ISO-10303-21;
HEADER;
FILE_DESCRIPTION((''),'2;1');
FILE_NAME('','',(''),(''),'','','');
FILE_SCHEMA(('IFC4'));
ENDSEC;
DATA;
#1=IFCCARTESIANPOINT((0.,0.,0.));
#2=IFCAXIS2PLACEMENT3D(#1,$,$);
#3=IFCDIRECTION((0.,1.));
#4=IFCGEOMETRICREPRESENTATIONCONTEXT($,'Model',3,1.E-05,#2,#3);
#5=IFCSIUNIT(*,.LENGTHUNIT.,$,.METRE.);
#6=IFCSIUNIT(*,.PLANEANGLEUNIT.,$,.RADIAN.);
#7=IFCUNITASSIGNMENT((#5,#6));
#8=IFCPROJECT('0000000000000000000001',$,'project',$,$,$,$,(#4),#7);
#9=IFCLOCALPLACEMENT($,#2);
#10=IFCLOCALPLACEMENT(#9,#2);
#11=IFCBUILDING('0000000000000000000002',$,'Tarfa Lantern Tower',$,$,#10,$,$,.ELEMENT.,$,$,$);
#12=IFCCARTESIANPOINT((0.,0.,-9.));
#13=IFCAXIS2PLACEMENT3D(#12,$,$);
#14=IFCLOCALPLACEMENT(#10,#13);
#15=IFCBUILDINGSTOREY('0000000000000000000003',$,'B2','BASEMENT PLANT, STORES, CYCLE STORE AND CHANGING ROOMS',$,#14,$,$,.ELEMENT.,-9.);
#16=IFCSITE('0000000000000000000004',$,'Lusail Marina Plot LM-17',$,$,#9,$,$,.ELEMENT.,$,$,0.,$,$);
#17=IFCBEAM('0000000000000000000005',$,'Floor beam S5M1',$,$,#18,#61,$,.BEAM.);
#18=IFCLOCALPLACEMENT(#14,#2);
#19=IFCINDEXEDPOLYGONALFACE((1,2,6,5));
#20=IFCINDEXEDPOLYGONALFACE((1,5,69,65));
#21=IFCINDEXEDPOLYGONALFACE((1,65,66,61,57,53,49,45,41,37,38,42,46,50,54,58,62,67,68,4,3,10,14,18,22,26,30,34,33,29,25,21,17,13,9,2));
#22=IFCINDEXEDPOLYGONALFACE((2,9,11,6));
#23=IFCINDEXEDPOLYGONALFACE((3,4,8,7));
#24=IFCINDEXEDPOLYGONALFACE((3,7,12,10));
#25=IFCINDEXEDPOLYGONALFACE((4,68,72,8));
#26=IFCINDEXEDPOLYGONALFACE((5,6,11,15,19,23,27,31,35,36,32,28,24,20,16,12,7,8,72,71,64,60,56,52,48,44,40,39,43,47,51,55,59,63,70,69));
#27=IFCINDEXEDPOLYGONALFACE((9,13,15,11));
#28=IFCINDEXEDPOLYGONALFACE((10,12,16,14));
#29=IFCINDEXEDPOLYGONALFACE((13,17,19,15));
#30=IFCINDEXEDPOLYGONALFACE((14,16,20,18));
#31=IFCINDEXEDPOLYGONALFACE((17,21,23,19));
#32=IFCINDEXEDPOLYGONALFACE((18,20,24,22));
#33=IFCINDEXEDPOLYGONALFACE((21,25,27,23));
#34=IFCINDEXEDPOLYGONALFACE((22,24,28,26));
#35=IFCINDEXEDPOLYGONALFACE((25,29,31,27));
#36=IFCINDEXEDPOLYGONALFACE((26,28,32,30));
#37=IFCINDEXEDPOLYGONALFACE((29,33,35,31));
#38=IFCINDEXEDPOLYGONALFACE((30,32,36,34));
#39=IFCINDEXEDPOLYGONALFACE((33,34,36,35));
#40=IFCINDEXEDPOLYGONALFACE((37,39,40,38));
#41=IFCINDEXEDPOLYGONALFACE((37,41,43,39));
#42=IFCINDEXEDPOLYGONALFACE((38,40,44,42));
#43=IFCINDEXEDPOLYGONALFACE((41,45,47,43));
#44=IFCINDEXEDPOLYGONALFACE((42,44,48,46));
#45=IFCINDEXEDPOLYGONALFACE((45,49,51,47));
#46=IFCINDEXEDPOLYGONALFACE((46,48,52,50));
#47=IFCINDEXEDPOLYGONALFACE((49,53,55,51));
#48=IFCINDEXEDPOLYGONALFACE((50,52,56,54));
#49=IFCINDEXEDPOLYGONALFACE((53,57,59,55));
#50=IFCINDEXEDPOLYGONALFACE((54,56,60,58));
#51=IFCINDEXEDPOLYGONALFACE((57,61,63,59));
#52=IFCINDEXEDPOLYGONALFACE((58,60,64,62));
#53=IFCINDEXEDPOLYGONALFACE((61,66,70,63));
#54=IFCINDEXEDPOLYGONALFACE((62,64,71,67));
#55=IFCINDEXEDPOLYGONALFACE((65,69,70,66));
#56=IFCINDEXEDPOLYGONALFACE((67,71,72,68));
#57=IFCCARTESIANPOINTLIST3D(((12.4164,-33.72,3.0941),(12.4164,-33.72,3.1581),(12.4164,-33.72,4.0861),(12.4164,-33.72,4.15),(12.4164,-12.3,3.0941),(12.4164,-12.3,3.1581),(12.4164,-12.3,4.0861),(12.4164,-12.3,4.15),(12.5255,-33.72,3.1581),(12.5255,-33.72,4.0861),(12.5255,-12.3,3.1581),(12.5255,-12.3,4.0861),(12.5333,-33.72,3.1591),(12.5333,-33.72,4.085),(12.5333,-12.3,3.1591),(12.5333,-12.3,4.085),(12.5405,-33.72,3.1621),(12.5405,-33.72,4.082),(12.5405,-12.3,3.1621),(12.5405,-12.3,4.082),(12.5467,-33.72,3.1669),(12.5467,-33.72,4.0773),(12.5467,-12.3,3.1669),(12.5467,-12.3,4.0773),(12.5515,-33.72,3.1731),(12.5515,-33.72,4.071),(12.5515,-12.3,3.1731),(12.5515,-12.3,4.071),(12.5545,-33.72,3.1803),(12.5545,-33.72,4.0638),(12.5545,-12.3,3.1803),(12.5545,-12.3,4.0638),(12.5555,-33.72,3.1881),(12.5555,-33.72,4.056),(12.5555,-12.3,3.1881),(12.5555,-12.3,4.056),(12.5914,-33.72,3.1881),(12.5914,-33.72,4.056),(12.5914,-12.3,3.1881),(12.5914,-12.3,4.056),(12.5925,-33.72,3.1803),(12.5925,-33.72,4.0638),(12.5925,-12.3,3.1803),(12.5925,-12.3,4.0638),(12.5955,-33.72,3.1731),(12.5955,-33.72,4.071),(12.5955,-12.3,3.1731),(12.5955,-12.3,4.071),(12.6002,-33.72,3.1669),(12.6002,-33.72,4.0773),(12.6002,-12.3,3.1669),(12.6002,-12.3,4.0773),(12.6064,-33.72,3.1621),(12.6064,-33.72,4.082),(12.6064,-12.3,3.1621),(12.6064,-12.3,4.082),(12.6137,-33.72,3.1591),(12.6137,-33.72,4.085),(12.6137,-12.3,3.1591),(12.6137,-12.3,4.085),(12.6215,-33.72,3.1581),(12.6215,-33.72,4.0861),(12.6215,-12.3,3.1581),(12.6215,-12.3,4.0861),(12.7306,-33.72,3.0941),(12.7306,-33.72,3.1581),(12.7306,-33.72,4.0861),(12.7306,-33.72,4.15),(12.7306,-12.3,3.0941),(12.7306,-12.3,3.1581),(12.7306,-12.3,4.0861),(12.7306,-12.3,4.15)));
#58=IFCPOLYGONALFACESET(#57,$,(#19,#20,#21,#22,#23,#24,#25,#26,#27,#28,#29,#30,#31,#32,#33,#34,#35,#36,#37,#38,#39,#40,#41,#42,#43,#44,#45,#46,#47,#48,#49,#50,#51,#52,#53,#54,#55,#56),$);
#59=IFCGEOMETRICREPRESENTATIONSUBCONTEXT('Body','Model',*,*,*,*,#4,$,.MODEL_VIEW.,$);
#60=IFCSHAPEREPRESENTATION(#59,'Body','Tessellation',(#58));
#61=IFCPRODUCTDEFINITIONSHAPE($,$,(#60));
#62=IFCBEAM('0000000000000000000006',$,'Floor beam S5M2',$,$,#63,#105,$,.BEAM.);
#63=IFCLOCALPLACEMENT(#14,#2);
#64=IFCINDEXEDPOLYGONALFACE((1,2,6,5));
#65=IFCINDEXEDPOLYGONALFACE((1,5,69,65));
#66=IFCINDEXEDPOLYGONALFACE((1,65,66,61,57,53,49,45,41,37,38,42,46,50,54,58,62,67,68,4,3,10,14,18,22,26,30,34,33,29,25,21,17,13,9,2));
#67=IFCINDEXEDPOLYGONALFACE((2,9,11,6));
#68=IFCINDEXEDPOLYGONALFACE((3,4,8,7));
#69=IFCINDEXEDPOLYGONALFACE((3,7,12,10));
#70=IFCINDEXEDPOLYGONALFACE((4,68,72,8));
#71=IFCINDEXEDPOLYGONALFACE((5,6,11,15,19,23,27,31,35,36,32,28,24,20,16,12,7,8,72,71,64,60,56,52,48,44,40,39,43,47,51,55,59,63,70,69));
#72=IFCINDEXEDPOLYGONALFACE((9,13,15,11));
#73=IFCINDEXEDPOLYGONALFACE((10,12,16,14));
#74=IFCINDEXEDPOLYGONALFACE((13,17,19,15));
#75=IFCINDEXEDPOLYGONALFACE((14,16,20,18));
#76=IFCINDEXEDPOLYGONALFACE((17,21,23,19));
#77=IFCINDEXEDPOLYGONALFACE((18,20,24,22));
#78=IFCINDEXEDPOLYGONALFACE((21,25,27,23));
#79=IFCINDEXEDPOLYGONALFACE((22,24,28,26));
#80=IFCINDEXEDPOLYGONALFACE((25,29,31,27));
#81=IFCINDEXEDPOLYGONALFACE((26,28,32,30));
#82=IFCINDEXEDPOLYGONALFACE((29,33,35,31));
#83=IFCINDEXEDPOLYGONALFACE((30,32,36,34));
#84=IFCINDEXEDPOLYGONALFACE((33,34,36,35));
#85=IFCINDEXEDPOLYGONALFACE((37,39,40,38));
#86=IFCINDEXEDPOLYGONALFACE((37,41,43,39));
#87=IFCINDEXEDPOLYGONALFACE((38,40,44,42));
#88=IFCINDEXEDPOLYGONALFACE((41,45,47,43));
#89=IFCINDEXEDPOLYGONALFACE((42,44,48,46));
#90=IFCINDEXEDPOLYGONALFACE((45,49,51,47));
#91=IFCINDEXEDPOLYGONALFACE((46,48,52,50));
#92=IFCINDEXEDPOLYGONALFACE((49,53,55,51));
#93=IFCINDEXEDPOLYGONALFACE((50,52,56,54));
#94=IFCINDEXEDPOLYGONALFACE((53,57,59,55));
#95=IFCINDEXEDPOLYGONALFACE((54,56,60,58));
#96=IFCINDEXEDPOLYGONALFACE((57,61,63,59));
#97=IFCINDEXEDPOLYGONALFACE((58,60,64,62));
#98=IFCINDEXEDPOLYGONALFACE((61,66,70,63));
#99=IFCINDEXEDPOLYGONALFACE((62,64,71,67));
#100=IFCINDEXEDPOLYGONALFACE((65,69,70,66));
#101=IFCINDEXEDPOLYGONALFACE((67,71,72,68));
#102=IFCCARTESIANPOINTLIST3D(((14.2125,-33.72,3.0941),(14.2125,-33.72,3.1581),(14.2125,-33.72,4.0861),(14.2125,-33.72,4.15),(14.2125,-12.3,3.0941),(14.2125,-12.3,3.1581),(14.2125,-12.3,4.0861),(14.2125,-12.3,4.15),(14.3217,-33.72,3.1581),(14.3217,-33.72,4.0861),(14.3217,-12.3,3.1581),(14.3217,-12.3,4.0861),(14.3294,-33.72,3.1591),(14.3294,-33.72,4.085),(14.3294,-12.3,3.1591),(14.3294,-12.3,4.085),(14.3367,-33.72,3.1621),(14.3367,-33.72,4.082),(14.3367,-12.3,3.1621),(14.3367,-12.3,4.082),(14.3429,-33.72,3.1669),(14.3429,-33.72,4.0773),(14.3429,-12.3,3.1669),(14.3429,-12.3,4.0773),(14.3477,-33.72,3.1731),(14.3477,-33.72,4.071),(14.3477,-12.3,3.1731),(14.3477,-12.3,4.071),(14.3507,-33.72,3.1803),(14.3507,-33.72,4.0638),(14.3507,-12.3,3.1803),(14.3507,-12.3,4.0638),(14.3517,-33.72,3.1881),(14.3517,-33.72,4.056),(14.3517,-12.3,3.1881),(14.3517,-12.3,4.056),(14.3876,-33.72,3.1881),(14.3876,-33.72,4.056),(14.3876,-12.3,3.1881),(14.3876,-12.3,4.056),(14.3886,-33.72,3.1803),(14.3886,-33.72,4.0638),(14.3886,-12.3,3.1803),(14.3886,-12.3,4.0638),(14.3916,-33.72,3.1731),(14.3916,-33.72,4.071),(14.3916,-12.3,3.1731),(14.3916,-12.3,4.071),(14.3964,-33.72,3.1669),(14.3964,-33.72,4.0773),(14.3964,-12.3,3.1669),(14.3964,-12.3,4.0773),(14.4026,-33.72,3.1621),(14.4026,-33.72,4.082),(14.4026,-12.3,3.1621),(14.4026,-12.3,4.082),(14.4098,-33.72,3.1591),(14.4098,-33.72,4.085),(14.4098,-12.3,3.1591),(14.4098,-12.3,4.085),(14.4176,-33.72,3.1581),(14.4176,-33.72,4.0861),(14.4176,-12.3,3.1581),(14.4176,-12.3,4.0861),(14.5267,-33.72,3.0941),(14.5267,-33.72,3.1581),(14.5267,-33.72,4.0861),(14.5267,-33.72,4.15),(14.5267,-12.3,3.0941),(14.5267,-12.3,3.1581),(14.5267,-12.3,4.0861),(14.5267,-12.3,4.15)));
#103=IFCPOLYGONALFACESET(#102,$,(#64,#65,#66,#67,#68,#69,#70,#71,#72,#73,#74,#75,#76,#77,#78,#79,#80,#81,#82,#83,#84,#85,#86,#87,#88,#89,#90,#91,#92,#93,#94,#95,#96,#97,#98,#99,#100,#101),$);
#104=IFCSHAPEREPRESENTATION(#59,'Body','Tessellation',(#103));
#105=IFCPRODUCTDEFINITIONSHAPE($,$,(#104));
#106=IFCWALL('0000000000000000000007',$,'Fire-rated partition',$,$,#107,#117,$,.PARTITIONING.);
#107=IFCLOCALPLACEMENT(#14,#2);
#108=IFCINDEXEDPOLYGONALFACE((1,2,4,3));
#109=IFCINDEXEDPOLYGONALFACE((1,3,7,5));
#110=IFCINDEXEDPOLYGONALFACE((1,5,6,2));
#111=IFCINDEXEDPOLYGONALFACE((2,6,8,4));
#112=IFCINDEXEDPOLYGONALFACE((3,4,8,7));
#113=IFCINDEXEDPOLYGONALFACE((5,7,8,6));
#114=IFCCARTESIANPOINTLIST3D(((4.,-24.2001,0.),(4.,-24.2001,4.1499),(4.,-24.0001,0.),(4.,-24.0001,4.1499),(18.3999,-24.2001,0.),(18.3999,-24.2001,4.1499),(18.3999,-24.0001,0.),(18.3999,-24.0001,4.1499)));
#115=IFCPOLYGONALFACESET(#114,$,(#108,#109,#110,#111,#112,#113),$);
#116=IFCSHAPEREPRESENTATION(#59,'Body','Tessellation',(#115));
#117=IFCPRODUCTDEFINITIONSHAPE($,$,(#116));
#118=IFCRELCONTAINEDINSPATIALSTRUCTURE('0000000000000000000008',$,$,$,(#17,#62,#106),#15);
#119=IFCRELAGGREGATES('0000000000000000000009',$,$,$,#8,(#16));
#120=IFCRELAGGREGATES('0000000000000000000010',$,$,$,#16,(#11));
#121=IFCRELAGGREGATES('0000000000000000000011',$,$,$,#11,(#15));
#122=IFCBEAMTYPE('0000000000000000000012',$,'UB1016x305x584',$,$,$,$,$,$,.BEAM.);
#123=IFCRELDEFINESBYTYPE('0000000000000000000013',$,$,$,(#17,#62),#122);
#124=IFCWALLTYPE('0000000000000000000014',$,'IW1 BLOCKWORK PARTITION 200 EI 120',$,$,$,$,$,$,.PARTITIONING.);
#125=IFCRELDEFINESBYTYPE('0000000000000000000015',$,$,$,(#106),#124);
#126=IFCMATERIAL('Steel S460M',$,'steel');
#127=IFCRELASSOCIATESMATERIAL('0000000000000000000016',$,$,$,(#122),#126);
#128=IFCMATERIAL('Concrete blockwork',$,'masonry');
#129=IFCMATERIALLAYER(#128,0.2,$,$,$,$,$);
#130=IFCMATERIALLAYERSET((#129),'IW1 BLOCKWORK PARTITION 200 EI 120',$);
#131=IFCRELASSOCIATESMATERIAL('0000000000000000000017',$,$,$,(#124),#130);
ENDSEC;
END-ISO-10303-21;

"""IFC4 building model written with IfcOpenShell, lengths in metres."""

from ifc_helpers import new_model, si_unit, direction, frame, frame_2d, origin, origin_2d, place, context, subcontext, project, spatial, rectangle, i_section, extrude, material, layer, layer_set, material_profile, profile_set, type_object, element, save


model = new_model("IFC4")

# Units and contexts
model_context = context("Model", 3, precision=1e-05, world=origin(), true_north=direction((0.0, 1.0)))
body_context = subcontext(model_context, "Body", "Model", "MODEL_VIEW")
ifc_project = project(units=[si_unit("LENGTHUNIT", "METRE"), si_unit("PLANEANGLEUNIT", "RADIAN")], contexts=[model_context])

# Site, building, storey
site_placement = place(None, origin())
site = spatial("IfcSite", under=ifc_project, at=site_placement, Name="Lusail Marina Plot LM-17", CompositionType="ELEMENT", RefElevation=0.0)
building_placement = place(site_placement, origin())
building = spatial("IfcBuilding", under=site, at=building_placement, Name="Tarfa Lantern Tower", CompositionType="ELEMENT")
storey_placement = place(building_placement, frame((0.0, 0.0, -9.0)))
storey = spatial("IfcBuildingStorey", under=building, at=storey_placement, Name="B2", Description="BASEMENT PLANT, STORES, CYCLE STORE AND CHANGING ROOMS", CompositionType="ELEMENT", Elevation=-9.0)

# Beams
ifc_material_1 = material(Name="Steel S460M", Category="steel")
ifc_material_profile_1 = material_profile(ifc_material_1, i_section(OverallWidth=0.3142, OverallDepth=1.0559, WebThickness=0.0359, FlangeThickness=0.064, FilletRadius=0.03, at=origin_2d()), Name="UB1016x305x584")
ifc_profile_set_1 = profile_set([ifc_material_profile_1], Name="Steel S460M")
beam_type_1 = type_object("IfcBeamType", Name="UB1016x305x584", PredefinedType="BEAM", material=ifc_profile_set_1)
for number, where, z_axis, x_axis, name in (
    (1, (12.5735, -33.72, 3.6221), (0.0, 1.0, 0.0), (-1.0, 0.0, 0.0), "Floor beam S5M1"),
    (2, (14.3696, -33.72, 3.6221), (0.0, 1.0, 0.0), (-1.0, 0.0, 0.0), "Floor beam S5M2"),
):
    element("IfcBeam", number, at=place(storey_placement, frame(where, z_axis=z_axis, x_axis=x_axis)), inside=storey, type_object=beam_type_1, Name=name, PredefinedType="BEAM", context=body_context, shape_type="SweptSolid", body=[
        extrude(i_section(OverallWidth=0.3142, OverallDepth=1.0559, WebThickness=0.0359, FlangeThickness=0.064, FilletRadius=0.03, at=origin_2d()), origin(), (0.0, 0.0, 1.0), 21.4199),
    ])

# Wall
ifc_material_2 = material(Name="Concrete blockwork", Category="masonry")
ifc_layer = layer(ifc_material_2, 0.2)
ifc_layer_set = layer_set([ifc_layer], Name="IW1 BLOCKWORK PARTITION 200 EI 120")
wall_type = type_object("IfcWallType", Name="IW1 BLOCKWORK PARTITION 200 EI 120", PredefinedType="PARTITIONING", material=ifc_layer_set)
wall_placement = place(storey_placement, frame((4.0, -24.1001, 0.0), z_axis=(0.0, 0.0, 1.0), x_axis=(1.0, 0.0, 0.0)))
element("IfcWall", 3, at=wall_placement, inside=storey, type_object=wall_type, Name="Fire-rated partition", PredefinedType="PARTITIONING", context=body_context, shape_type="SweptSolid", body=[
    extrude(rectangle(XDim=14.3999, YDim=0.2, at=frame_2d((7.2, 0.0))), origin(), (0.0, 0.0, 1.0), 4.1499),
])

save(model, "model.ifc")
